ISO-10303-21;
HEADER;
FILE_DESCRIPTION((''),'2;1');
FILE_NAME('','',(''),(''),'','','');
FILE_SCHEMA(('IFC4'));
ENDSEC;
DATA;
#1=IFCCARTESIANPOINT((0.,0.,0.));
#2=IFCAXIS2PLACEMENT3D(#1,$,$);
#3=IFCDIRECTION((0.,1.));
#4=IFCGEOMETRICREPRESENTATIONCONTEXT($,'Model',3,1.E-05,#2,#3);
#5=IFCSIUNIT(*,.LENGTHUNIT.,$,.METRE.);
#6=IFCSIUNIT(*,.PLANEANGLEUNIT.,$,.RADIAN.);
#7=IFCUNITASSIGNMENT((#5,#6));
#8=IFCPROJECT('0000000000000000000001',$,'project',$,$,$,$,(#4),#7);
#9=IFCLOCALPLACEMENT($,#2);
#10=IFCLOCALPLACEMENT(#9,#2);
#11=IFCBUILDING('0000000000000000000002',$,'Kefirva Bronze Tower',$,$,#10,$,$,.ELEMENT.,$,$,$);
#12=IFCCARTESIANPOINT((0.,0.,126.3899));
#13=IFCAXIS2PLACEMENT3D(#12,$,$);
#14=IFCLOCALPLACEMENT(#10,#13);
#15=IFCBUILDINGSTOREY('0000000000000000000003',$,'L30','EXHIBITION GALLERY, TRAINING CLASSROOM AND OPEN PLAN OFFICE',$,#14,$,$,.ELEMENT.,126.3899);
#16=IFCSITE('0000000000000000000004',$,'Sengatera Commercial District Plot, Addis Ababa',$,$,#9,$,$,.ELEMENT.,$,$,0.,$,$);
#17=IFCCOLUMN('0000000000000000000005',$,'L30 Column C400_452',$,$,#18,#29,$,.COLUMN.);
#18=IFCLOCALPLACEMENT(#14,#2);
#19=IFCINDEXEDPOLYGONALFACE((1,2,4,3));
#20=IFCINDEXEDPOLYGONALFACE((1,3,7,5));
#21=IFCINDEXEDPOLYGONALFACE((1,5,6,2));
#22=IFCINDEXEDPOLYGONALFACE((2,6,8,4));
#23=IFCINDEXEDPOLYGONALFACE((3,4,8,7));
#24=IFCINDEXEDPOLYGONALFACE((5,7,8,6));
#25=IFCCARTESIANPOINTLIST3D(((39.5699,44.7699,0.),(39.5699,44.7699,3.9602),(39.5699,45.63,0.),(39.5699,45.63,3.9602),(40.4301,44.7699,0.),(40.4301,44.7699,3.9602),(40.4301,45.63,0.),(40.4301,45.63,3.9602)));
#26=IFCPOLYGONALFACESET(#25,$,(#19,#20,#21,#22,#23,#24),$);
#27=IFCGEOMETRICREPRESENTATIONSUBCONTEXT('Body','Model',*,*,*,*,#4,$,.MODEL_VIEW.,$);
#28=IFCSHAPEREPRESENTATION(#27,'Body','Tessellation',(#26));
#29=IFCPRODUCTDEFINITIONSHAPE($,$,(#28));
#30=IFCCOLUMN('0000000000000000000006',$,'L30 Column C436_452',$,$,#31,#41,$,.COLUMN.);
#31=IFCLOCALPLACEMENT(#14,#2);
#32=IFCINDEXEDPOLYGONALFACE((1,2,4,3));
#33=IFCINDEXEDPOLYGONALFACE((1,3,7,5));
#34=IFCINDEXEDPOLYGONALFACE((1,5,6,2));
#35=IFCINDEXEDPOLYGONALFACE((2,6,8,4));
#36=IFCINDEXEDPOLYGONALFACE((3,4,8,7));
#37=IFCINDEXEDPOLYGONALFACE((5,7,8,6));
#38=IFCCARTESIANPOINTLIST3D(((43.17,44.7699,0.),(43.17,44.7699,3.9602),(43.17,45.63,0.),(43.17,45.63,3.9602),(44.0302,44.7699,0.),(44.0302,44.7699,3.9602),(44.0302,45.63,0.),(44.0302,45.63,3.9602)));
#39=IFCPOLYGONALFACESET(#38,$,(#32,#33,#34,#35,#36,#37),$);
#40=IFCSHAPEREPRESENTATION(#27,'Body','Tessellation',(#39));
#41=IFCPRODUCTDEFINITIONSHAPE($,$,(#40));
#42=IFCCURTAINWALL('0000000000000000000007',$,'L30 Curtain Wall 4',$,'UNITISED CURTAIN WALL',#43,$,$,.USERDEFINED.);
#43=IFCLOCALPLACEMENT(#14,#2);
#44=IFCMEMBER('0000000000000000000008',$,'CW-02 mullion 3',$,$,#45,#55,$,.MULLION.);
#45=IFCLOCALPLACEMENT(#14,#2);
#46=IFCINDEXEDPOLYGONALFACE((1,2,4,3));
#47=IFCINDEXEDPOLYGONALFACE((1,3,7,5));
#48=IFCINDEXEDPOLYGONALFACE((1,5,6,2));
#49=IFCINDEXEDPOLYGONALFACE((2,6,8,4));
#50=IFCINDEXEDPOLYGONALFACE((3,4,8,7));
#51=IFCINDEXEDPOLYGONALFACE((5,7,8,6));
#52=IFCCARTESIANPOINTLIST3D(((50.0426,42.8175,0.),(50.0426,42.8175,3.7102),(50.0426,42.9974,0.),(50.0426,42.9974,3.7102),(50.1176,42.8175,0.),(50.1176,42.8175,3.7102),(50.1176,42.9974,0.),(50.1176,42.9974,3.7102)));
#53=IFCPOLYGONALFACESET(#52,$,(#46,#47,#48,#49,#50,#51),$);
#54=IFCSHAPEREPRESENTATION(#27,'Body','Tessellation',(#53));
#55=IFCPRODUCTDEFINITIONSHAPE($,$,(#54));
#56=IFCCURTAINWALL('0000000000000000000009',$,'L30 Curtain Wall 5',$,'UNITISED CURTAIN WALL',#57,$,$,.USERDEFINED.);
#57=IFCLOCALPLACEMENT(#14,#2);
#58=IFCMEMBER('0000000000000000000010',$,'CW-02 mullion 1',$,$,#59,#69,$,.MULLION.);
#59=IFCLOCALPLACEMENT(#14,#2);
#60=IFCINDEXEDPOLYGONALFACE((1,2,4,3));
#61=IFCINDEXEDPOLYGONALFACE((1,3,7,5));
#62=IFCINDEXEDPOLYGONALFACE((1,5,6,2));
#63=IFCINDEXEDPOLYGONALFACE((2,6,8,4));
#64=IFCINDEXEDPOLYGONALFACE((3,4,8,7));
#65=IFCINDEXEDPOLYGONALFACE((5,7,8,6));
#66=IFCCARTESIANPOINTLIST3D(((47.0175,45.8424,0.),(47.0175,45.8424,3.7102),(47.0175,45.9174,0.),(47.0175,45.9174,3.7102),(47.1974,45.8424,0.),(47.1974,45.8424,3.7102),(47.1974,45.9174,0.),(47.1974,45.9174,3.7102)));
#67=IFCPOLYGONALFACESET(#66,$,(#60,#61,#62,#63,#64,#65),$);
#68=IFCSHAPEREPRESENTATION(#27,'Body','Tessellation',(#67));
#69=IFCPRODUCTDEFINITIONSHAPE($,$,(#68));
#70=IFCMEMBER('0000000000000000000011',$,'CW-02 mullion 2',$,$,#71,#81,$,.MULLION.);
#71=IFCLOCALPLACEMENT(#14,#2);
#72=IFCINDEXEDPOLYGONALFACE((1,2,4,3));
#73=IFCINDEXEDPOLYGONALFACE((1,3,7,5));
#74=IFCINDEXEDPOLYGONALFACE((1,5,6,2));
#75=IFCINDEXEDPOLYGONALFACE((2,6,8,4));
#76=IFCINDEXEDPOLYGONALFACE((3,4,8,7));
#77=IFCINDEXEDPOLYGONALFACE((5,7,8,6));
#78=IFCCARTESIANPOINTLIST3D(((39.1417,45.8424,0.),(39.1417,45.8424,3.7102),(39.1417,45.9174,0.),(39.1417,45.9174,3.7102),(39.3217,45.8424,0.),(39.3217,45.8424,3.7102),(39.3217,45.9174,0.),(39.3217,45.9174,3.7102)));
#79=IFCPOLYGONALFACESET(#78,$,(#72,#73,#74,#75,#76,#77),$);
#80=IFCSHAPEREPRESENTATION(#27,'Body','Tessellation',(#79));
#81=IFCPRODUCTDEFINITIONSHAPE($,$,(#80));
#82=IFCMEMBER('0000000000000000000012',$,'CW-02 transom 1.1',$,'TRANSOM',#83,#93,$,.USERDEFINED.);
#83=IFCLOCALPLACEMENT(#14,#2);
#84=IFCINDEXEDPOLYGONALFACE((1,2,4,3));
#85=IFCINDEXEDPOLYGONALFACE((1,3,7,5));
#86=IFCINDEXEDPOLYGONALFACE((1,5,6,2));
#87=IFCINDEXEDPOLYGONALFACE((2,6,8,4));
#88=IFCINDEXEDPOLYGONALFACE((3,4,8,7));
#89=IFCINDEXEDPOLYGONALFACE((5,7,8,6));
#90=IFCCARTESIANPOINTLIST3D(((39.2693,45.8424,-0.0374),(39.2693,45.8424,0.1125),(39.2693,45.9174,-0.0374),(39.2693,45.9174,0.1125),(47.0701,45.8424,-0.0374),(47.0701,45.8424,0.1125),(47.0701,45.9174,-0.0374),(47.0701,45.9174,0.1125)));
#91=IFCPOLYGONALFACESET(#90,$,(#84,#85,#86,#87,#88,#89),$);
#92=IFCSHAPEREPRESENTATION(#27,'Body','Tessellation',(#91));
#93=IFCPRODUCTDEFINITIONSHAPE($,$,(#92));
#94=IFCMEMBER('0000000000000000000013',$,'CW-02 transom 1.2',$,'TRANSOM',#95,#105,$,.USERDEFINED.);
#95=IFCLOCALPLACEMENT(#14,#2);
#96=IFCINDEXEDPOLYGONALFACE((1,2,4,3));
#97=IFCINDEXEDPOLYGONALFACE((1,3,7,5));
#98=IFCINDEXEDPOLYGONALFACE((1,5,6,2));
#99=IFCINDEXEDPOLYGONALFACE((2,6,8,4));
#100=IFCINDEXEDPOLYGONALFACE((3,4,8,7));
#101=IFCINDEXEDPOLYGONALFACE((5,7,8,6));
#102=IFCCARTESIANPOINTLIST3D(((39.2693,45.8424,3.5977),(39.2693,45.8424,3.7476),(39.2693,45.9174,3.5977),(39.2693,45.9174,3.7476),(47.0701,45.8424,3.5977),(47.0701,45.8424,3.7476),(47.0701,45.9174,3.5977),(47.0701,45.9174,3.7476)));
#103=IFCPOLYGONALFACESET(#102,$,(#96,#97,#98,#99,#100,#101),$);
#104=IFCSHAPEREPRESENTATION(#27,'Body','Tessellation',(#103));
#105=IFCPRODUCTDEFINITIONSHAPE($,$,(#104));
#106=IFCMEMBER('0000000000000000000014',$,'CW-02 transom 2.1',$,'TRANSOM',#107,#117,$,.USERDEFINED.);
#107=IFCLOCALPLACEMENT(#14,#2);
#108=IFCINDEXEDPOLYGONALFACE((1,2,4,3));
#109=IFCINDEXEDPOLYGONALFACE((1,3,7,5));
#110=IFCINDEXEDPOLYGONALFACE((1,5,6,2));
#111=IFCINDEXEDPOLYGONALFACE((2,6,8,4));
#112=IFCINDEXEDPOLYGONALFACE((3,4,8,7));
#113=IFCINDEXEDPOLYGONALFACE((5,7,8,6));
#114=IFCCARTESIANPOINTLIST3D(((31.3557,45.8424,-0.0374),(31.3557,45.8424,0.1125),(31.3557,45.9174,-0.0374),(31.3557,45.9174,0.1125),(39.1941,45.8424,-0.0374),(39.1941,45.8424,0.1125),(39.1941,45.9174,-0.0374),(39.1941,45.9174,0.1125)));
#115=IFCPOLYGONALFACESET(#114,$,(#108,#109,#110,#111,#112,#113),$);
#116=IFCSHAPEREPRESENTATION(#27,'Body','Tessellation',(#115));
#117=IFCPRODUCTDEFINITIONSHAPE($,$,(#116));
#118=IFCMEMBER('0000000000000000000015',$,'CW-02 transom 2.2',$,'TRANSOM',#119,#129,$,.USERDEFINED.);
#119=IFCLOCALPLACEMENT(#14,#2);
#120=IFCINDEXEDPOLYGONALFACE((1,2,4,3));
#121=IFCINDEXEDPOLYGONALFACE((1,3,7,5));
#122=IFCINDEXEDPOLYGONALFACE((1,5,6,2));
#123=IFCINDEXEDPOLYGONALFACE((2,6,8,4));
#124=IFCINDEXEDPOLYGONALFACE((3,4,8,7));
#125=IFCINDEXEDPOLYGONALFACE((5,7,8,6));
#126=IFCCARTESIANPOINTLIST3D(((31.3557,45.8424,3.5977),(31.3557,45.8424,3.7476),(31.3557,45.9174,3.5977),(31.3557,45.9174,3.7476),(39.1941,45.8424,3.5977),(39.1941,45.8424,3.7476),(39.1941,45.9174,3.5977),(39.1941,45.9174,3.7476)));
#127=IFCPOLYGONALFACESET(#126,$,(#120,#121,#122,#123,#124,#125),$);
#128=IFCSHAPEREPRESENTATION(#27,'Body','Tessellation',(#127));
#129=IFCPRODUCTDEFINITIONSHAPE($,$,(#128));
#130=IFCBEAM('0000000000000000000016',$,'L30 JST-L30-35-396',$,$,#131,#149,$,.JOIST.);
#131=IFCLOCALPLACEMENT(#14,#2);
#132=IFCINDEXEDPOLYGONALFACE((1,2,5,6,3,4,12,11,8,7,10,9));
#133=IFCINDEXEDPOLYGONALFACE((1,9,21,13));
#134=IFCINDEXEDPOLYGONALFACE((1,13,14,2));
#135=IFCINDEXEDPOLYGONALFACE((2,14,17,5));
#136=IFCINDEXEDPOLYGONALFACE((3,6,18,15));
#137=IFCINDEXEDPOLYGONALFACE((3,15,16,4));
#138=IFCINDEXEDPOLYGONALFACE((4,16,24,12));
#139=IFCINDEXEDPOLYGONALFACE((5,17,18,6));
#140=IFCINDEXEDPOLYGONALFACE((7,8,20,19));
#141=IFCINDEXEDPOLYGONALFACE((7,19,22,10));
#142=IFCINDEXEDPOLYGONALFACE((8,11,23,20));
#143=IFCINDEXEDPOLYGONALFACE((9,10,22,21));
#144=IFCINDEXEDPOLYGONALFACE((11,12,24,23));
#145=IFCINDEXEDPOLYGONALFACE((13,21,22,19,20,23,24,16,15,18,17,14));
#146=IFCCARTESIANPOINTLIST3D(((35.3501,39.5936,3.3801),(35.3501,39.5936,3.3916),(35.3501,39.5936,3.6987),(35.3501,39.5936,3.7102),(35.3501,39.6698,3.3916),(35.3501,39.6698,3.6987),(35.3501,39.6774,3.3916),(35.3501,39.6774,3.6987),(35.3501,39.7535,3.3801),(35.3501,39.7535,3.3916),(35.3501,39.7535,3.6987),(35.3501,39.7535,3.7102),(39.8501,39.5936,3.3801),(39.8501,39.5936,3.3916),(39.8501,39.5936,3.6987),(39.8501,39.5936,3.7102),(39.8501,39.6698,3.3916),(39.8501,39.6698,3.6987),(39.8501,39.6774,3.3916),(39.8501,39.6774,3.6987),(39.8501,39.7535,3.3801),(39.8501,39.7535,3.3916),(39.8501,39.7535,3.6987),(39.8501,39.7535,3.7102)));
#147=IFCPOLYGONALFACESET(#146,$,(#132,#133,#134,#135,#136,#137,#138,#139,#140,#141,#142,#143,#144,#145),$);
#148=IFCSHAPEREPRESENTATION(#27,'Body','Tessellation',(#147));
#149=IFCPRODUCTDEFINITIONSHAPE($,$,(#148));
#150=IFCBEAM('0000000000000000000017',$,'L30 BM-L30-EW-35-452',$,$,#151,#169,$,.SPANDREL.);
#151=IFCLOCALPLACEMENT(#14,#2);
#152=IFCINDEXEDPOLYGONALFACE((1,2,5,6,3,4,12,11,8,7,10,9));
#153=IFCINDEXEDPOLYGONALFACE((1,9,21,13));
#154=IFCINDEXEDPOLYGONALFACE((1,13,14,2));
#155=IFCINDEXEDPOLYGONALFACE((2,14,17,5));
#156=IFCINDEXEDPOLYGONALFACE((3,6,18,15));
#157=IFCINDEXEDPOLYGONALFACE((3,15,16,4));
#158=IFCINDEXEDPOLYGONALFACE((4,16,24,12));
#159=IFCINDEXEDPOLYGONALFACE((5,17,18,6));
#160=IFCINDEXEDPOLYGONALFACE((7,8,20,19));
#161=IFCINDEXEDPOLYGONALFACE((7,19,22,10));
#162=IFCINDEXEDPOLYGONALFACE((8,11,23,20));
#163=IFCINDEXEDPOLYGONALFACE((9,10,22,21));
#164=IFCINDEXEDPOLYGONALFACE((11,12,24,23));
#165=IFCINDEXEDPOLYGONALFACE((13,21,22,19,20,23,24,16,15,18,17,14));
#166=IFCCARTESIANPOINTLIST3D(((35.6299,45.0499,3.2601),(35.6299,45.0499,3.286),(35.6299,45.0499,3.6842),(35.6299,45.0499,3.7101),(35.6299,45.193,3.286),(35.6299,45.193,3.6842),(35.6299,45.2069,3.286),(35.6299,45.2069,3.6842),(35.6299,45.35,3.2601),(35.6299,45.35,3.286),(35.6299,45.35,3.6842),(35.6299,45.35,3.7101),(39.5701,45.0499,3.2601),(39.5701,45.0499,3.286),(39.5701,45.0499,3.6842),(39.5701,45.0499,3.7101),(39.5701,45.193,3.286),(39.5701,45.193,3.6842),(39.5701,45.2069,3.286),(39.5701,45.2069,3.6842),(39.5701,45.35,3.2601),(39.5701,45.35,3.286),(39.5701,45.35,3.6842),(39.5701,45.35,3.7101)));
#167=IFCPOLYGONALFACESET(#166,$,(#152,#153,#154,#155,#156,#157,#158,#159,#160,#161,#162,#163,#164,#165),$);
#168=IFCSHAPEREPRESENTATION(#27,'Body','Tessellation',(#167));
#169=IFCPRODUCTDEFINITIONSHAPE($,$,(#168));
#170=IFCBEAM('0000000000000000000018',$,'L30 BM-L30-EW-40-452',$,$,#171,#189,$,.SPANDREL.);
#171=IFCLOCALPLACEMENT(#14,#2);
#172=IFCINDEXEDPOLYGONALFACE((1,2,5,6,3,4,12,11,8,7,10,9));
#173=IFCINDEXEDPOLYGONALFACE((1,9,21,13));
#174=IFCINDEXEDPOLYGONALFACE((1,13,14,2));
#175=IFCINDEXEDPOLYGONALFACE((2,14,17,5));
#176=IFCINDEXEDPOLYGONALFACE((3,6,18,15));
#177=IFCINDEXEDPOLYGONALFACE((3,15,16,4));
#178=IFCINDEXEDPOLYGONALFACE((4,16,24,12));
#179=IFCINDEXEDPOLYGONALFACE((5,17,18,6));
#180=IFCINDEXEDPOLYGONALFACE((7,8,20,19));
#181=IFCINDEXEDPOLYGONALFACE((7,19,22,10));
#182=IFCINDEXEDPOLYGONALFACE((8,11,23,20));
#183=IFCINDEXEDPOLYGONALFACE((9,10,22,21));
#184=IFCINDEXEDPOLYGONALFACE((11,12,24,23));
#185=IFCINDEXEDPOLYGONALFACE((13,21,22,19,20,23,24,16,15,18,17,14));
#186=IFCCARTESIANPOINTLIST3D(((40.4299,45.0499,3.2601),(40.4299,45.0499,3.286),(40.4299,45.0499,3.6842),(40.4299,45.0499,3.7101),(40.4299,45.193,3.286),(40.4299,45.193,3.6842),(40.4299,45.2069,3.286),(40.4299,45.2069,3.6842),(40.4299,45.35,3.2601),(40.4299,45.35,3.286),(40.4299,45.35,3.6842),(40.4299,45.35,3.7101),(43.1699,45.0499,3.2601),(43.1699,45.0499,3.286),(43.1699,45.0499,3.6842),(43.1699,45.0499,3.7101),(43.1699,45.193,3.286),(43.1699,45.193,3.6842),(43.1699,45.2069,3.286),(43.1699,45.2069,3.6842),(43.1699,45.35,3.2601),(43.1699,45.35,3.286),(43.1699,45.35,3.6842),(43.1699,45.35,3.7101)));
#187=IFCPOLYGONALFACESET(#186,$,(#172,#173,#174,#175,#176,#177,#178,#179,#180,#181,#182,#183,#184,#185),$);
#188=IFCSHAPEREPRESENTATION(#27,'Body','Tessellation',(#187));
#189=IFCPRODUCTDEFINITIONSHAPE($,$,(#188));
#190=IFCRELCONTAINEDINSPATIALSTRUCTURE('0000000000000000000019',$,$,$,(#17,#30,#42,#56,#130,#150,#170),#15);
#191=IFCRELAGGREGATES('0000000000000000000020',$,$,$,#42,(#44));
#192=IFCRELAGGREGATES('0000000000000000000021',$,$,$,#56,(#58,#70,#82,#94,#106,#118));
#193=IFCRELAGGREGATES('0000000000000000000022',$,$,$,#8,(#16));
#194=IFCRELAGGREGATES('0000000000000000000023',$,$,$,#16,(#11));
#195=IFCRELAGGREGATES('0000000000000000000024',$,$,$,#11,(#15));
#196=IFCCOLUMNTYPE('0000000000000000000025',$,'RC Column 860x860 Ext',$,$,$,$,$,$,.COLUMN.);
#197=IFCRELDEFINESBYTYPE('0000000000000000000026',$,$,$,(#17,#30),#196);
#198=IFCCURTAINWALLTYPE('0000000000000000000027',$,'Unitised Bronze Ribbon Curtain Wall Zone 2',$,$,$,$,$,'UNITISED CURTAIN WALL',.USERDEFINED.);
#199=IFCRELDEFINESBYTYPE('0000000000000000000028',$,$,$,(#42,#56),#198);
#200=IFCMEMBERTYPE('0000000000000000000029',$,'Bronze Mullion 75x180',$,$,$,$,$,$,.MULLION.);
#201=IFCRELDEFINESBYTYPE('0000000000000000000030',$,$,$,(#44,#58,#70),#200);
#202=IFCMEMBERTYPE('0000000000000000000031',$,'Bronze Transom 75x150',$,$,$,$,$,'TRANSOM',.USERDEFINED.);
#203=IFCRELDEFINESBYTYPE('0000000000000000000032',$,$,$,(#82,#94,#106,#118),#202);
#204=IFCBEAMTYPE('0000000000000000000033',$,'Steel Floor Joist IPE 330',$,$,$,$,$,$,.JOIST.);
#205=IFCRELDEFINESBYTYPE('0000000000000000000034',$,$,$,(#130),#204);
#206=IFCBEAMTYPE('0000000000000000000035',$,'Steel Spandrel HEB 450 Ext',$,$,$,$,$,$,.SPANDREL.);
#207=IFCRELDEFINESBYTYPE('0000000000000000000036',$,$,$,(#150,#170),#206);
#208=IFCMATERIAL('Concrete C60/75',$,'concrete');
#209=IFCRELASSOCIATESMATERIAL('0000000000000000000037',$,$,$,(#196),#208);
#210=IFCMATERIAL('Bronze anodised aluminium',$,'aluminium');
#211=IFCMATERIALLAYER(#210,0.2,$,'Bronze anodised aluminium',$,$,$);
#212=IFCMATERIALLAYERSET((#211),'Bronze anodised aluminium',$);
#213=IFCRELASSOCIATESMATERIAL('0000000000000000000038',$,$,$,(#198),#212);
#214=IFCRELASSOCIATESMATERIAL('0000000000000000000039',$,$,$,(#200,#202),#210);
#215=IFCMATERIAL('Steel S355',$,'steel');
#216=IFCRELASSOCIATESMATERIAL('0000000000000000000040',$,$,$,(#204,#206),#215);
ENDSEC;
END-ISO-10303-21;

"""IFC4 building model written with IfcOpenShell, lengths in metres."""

from ifc_helpers import new_model, si_unit, direction, frame, origin, origin_2d, place, context, subcontext, project, spatial, rectangle, i_section, extrude, material, layer, layer_set, material_profile, profile_set, type_object, element, aggregate, save


model = new_model("IFC4")

# Units and contexts
model_context = context("Model", 3, precision=1e-05, world=origin(), true_north=direction((0.0, 1.0)))
body_context = subcontext(model_context, "Body", "Model", "MODEL_VIEW")
ifc_project = project(units=[si_unit("LENGTHUNIT", "METRE"), si_unit("PLANEANGLEUNIT", "RADIAN")], contexts=[model_context])

# Site, building, storey
site_placement = place(None, origin())
site = spatial("IfcSite", under=ifc_project, at=site_placement, Name="Sengatera Commercial District Plot, Addis Ababa", CompositionType="ELEMENT", RefElevation=0.0)
building_placement = place(site_placement, origin())
building = spatial("IfcBuilding", under=site, at=building_placement, Name="Kefirva Bronze Tower", CompositionType="ELEMENT")
storey_placement = place(building_placement, frame((0.0, 0.0, 126.3899)))
storey = spatial("IfcBuildingStorey", under=building, at=storey_placement, Name="L30", Description="EXHIBITION GALLERY, TRAINING CLASSROOM AND OPEN PLAN OFFICE", CompositionType="ELEMENT", Elevation=126.3899)

# Columns
ifc_material_1 = material(Name="Concrete C60/75", Category="concrete")
ifc_material_profile_1 = material_profile(ifc_material_1, rectangle(XDim=0.8601, YDim=0.8601, at=origin_2d()), Name="RC 860x860")
ifc_profile_set_1 = profile_set([ifc_material_profile_1], Name="Concrete C60/75")
column_type = type_object("IfcColumnType", Name="RC Column 860x860 Ext", PredefinedType="COLUMN", material=ifc_profile_set_1)
for number, where, z_axis, x_axis, name in (
    (1, (40.0, 45.2, 0.0), (0.0, 0.0, 1.0), (1.0, 0.0, 0.0), "L30 Column C400_452"),
    (2, (43.6001, 45.2, 0.0), (0.0, 0.0, 1.0), (1.0, 0.0, 0.0), "L30 Column C436_452"),
):
    element("IfcColumn", number, at=place(storey_placement, frame(where, z_axis=z_axis, x_axis=x_axis)), inside=storey, type_object=column_type, Name=name, PredefinedType="COLUMN", context=body_context, shape_type="SweptSolid", body=[
        extrude(rectangle(XDim=0.8601, YDim=0.8601, at=origin_2d()), origin(), (0.0, 0.0, 1.0), 3.9602),
    ])

# Curtain wall, member
ifc_material_2 = material(Name="Bronze anodised aluminium", Category="aluminium")
ifc_layer_1 = layer(ifc_material_2, 0.2, Name="Bronze anodised aluminium")
ifc_layer_set_1 = layer_set([ifc_layer_1], Name="Bronze anodised aluminium")
curtain_wall_type = type_object("IfcCurtainWallType", Name="Unitised Bronze Ribbon Curtain Wall Zone 2", ElementType="UNITISED CURTAIN WALL", PredefinedType="USERDEFINED", material=ifc_layer_set_1)
curtain_wall_1_placement = place(storey_placement, origin())
curtain_wall_1 = element("IfcCurtainWall", 3, at=curtain_wall_1_placement, inside=storey, type_object=curtain_wall_type, Name="L30 Curtain Wall 4", ObjectType="UNITISED CURTAIN WALL", PredefinedType="USERDEFINED")
ifc_material_profile_2 = material_profile(ifc_material_2, rectangle(XDim=0.075, YDim=0.1799, at=origin_2d()), Name="ALU 75x180")
ifc_profile_set_2 = profile_set([ifc_material_profile_2], Name="Bronze anodised aluminium")
member_type_1 = type_object("IfcMemberType", Name="Bronze Mullion 75x180", PredefinedType="MULLION", material=ifc_profile_set_2)
member_1_placement = place(storey_placement, frame((50.0801, 42.9075, 0.0), z_axis=(0.0, 0.0, 1.0), x_axis=(-1.0, 0.0, 0.0)))
member_1 = element("IfcMember", 4, at=member_1_placement, type_object=member_type_1, Name="CW-02 mullion 3", PredefinedType="MULLION", context=body_context, shape_type="SweptSolid", body=[
    extrude(rectangle(XDim=0.075, YDim=0.1799, at=origin_2d()), origin(), (0.0, 0.0, 1.0), 3.7102),
])
aggregate(curtain_wall_1, [member_1])

# Curtain wall, members
curtain_wall_2_placement = place(storey_placement, origin())
curtain_wall_2 = element("IfcCurtainWall", 5, at=curtain_wall_2_placement, inside=storey, type_object=curtain_wall_type, Name="L30 Curtain Wall 5", ObjectType="UNITISED CURTAIN WALL", PredefinedType="USERDEFINED")
member_2_placement = place(storey_placement, frame((47.1074, 45.8799, 0.0), z_axis=(0.0, 0.0, 1.0), x_axis=(0.0, -1.0, 0.0)))
member_2 = element("IfcMember", 6, at=member_2_placement, type_object=member_type_1, Name="CW-02 mullion 1", PredefinedType="MULLION", context=body_context, shape_type="SweptSolid", body=[
    extrude(rectangle(XDim=0.075, YDim=0.1799, at=origin_2d()), origin(), (0.0, 0.0, 1.0), 3.7102),
])
member_3_placement = place(storey_placement, frame((39.2317, 45.8799, 0.0), z_axis=(0.0, 0.0, 1.0), x_axis=(0.0, -1.0, 0.0)))
member_3 = element("IfcMember", 7, at=member_3_placement, type_object=member_type_1, Name="CW-02 mullion 2", PredefinedType="MULLION", context=body_context, shape_type="SweptSolid", body=[
    extrude(rectangle(XDim=0.075, YDim=0.1799, at=origin_2d()), origin(), (0.0, 0.0, 1.0), 3.7102),
])
ifc_material_profile_3 = material_profile(ifc_material_2, rectangle(XDim=0.075, YDim=0.1499, at=origin_2d()), Name="ALU 75x150")
ifc_profile_set_3 = profile_set([ifc_material_profile_3], Name="Bronze anodised aluminium")
member_type_2 = type_object("IfcMemberType", Name="Bronze Transom 75x150", ElementType="TRANSOM", PredefinedType="USERDEFINED", material=ifc_profile_set_3)
member_4_placement = place(storey_placement, frame((47.0701, 45.8799, 0.0376), z_axis=(-1.0, 0.0, 0.0), x_axis=(0.0, -1.0, 0.0)))
member_4 = element("IfcMember", 8, at=member_4_placement, type_object=member_type_2, Name="CW-02 transom 1.1", ObjectType="TRANSOM", PredefinedType="USERDEFINED", context=body_context, shape_type="SweptSolid", body=[
    extrude(rectangle(XDim=0.075, YDim=0.1499, at=origin_2d()), origin(), (0.0, 0.0, 1.0), 7.8008),
])
member_5_placement = place(storey_placement, frame((47.0701, 45.8799, 3.6726), z_axis=(-1.0, 0.0, 0.0), x_axis=(0.0, -1.0, 0.0)))
member_5 = element("IfcMember", 9, at=member_5_placement, type_object=member_type_2, Name="CW-02 transom 1.2", ObjectType="TRANSOM", PredefinedType="USERDEFINED", context=body_context, shape_type="SweptSolid", body=[
    extrude(rectangle(XDim=0.075, YDim=0.1499, at=origin_2d()), origin(), (0.0, 0.0, 1.0), 7.8008),
])
member_6_placement = place(storey_placement, frame((39.1941, 45.8799, 0.0376), z_axis=(-1.0, 0.0, 0.0), x_axis=(0.0, -1.0, 0.0)))
member_6 = element("IfcMember", 10, at=member_6_placement, type_object=member_type_2, Name="CW-02 transom 2.1", ObjectType="TRANSOM", PredefinedType="USERDEFINED", context=body_context, shape_type="SweptSolid", body=[
    extrude(rectangle(XDim=0.075, YDim=0.1499, at=origin_2d()), origin(), (0.0, 0.0, 1.0), 7.8384),
])
member_7_placement = place(storey_placement, frame((39.1941, 45.8799, 3.6726), z_axis=(-1.0, 0.0, 0.0), x_axis=(0.0, -1.0, 0.0)))
member_7 = element("IfcMember", 11, at=member_7_placement, type_object=member_type_2, Name="CW-02 transom 2.2", ObjectType="TRANSOM", PredefinedType="USERDEFINED", context=body_context, shape_type="SweptSolid", body=[
    extrude(rectangle(XDim=0.075, YDim=0.1499, at=origin_2d()), origin(), (0.0, 0.0, 1.0), 7.8384),
])

# Beams
ifc_material_3 = material(Name="Steel S355", Category="steel")
ifc_material_profile_4 = material_profile(ifc_material_3, i_section(OverallWidth=0.1599, OverallDepth=0.3301, WebThickness=0.0076, FlangeThickness=0.0115, at=origin_2d()), Name="IPE 330")
ifc_profile_set_4 = profile_set([ifc_material_profile_4], Name="Steel S355")
beam_type_1 = type_object("IfcBeamType", Name="Steel Floor Joist IPE 330", PredefinedType="JOIST", material=ifc_profile_set_4)
beam_1_placement = place(storey_placement, frame((35.3501, 39.6736, 3.5452), z_axis=(1.0, 0.0, 0.0), x_axis=(0.0, 1.0, 0.0)))
element("IfcBeam", 12, at=beam_1_placement, inside=storey, type_object=beam_type_1, Name="L30 JST-L30-35-396", PredefinedType="JOIST", context=body_context, shape_type="SweptSolid", body=[
    extrude(i_section(OverallWidth=0.1599, OverallDepth=0.3301, WebThickness=0.0076, FlangeThickness=0.0115, at=origin_2d()), origin(), (0.0, 0.0, 1.0), 4.5),
])
ifc_material_profile_5 = material_profile(ifc_material_3, i_section(OverallWidth=0.3, OverallDepth=0.45, WebThickness=0.0139, FlangeThickness=0.0259, at=origin_2d()), Name="HEB 450")
ifc_profile_set_5 = profile_set([ifc_material_profile_5], Name="Steel S355")
beam_type_2 = type_object("IfcBeamType", Name="Steel Spandrel HEB 450 Ext", PredefinedType="SPANDREL", material=ifc_profile_set_5)
beam_2_placement = place(storey_placement, frame((35.6299, 45.2, 3.4851), z_axis=(1.0, 0.0, 0.0), x_axis=(0.0, 1.0, 0.0)))
element("IfcBeam", 13, at=beam_2_placement, inside=storey, type_object=beam_type_2, Name="L30 BM-L30-EW-35-452", PredefinedType="SPANDREL", context=body_context, shape_type="SweptSolid", body=[
    extrude(i_section(OverallWidth=0.3, OverallDepth=0.45, WebThickness=0.0139, FlangeThickness=0.0259, at=origin_2d()), origin(), (0.0, 0.0, 1.0), 3.9402),
])
beam_3_placement = place(storey_placement, frame((40.4299, 45.2, 3.4851), z_axis=(1.0, 0.0, 0.0), x_axis=(0.0, 1.0, 0.0)))
element("IfcBeam", 14, at=beam_3_placement, inside=storey, type_object=beam_type_2, Name="L30 BM-L30-EW-40-452", PredefinedType="SPANDREL", context=body_context, shape_type="SweptSolid", body=[
    extrude(i_section(OverallWidth=0.3, OverallDepth=0.45, WebThickness=0.0139, FlangeThickness=0.0259, at=origin_2d()), origin(), (0.0, 0.0, 1.0), 2.74),
])

aggregate(curtain_wall_2, [member_2, member_3, member_4, member_5, member_6, member_7])

save(model, "model.ifc")
